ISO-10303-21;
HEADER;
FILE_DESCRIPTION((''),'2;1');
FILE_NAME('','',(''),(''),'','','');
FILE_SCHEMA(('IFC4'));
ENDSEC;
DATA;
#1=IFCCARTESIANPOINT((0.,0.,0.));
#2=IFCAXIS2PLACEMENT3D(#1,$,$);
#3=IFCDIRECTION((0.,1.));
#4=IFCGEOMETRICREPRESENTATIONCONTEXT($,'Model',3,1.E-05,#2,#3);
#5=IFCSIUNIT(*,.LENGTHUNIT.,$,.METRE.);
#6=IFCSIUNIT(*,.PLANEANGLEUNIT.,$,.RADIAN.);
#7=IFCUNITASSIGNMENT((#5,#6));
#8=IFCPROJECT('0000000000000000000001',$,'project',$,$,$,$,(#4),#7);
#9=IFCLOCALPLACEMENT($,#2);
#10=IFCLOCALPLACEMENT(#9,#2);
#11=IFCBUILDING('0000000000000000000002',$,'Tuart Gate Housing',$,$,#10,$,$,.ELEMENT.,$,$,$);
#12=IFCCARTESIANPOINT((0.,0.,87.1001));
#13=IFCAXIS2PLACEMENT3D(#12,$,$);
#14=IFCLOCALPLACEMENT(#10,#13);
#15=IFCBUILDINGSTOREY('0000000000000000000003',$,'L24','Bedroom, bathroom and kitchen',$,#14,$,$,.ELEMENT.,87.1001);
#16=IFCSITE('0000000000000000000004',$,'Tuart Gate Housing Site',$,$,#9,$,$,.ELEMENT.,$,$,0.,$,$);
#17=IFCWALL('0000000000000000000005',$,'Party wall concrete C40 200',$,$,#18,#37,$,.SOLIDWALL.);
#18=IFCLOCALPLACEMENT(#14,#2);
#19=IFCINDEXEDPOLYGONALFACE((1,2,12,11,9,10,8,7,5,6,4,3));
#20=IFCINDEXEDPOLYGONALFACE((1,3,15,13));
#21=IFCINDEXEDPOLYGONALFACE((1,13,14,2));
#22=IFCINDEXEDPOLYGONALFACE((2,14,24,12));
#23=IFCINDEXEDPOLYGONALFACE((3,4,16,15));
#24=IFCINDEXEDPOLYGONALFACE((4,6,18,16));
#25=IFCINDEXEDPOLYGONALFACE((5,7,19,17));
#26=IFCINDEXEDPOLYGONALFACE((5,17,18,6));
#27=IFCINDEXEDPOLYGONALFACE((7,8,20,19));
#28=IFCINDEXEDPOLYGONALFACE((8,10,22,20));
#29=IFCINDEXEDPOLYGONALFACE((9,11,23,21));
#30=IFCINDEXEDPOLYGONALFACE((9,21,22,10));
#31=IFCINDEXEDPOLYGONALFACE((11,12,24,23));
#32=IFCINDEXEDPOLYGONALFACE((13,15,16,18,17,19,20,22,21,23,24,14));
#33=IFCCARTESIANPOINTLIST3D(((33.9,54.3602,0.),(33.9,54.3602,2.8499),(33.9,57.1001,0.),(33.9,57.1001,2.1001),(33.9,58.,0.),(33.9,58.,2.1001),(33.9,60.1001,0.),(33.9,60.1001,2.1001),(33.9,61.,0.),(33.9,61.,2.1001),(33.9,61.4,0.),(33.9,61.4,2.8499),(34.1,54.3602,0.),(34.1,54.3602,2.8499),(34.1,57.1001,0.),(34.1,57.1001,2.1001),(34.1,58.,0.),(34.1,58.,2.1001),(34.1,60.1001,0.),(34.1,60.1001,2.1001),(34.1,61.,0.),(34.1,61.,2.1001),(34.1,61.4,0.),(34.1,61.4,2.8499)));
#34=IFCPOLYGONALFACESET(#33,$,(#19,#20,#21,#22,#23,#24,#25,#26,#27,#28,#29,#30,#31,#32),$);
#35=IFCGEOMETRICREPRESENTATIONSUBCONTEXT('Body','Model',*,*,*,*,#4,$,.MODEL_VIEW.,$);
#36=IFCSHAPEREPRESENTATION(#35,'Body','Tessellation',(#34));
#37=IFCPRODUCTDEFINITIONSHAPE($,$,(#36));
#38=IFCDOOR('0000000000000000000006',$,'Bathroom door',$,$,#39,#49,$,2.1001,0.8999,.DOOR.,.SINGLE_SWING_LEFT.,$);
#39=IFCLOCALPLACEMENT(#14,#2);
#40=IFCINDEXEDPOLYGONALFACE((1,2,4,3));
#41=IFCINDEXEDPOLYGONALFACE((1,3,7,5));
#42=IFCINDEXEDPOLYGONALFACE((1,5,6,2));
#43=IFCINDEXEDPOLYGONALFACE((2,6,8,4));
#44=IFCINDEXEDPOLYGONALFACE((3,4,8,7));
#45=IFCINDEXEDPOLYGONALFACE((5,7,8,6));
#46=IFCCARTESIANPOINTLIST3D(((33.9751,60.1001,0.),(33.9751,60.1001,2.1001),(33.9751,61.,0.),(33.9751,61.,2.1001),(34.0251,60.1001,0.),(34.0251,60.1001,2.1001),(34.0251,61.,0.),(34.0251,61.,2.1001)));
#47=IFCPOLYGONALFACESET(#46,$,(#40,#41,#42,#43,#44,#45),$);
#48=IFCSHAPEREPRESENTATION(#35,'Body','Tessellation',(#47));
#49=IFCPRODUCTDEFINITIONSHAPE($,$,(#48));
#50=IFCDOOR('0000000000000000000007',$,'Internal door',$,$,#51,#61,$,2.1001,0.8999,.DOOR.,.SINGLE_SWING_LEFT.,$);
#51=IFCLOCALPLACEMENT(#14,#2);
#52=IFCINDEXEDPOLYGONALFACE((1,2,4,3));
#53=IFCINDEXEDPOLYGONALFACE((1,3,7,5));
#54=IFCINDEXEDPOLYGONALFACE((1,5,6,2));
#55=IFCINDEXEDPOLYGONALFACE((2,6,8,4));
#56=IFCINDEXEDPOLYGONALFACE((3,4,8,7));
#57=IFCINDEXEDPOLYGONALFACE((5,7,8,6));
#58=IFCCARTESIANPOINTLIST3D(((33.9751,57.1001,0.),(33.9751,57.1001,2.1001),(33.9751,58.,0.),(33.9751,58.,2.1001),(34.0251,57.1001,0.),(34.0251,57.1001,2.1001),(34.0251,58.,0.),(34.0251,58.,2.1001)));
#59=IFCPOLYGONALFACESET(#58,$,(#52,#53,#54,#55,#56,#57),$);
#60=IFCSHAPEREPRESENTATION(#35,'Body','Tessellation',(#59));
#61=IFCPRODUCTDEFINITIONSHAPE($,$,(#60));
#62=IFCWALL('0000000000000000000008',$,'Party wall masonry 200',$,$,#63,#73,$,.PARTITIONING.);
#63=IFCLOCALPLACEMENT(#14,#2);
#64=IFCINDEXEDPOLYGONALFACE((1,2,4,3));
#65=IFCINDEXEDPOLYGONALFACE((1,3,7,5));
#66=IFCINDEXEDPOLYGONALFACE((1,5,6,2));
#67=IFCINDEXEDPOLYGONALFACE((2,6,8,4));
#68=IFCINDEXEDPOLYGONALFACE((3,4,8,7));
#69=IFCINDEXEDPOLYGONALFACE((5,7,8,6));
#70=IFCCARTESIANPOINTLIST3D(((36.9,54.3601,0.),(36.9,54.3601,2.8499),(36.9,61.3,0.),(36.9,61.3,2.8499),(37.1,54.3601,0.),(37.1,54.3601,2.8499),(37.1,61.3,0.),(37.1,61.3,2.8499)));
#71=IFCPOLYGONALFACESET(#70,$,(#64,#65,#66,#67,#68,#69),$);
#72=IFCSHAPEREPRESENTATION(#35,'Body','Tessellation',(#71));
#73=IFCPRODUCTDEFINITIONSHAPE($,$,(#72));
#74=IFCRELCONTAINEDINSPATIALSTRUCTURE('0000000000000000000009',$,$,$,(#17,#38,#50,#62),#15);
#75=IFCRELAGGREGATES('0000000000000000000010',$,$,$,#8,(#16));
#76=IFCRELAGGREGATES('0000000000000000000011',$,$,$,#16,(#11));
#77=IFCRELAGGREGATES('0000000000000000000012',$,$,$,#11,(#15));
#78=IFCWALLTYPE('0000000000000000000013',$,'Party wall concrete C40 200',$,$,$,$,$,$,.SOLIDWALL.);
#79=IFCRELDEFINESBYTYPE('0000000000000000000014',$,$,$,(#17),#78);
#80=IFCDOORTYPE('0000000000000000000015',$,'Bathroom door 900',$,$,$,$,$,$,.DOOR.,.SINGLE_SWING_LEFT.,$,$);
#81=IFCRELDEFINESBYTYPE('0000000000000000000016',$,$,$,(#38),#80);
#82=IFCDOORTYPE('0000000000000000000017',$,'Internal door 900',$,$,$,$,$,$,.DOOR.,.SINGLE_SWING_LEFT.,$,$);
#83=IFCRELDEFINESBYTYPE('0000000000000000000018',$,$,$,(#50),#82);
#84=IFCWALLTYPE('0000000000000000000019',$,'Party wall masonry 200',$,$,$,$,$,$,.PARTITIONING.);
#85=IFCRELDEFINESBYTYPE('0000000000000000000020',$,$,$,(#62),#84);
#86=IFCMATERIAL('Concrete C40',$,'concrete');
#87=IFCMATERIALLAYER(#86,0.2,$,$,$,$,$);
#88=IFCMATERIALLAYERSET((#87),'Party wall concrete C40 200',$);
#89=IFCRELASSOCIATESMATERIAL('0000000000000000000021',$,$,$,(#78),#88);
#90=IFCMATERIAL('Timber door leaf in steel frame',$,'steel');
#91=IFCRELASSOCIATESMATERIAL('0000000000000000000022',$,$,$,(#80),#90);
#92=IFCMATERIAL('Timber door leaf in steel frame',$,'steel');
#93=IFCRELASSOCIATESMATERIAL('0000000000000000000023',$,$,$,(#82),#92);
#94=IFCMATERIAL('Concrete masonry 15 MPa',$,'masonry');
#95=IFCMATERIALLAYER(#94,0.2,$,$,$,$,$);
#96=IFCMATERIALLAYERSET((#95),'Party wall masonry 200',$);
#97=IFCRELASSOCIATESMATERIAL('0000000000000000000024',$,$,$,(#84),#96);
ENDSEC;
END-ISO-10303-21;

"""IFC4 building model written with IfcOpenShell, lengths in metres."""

from ifc_helpers import new_model, si_unit, direction, frame, frame_2d, origin, place, context, subcontext, project, spatial, rectangle, extrude, material, layer, layer_set, type_object, element, fill, save


model = new_model("IFC4")

# Units and contexts
model_context = context("Model", 3, precision=1e-05, world=origin(), true_north=direction((0.0, 1.0)))
body_context = subcontext(model_context, "Body", "Model", "MODEL_VIEW")
ifc_project = project(units=[si_unit("LENGTHUNIT", "METRE"), si_unit("PLANEANGLEUNIT", "RADIAN")], contexts=[model_context])

# Site, building, storey
site_placement = place(None, origin())
site = spatial("IfcSite", under=ifc_project, at=site_placement, Name="Tuart Gate Housing Site", CompositionType="ELEMENT", RefElevation=0.0)
building_placement = place(site_placement, origin())
building = spatial("IfcBuilding", under=site, at=building_placement, Name="Tuart Gate Housing", CompositionType="ELEMENT")
storey_placement = place(building_placement, frame((0.0, 0.0, 87.1001)))
storey = spatial("IfcBuildingStorey", under=building, at=storey_placement, Name="L24", Description="Bedroom, bathroom and kitchen", CompositionType="ELEMENT", Elevation=87.1001)

# Wall, openings, doors
ifc_material_1 = material(Name="Concrete C40", Category="concrete")
ifc_layer_1 = layer(ifc_material_1, 0.2)
ifc_layer_set_1 = layer_set([ifc_layer_1], Name="Party wall concrete C40 200")
wall_type_1 = type_object("IfcWallType", Name="Party wall concrete C40 200", PredefinedType="SOLIDWALL", material=ifc_layer_set_1)
wall_1_placement = place(storey_placement, frame((34.0, 54.3601, 0.0), z_axis=(0.0, 0.0, 1.0), x_axis=(0.0, 1.0, 0.0)))
wall_1 = element("IfcWall", 1, at=wall_1_placement, inside=storey, type_object=wall_type_1, Name="Party wall concrete C40 200", PredefinedType="SOLIDWALL", context=body_context, shape_type="SweptSolid", body=[
    extrude(rectangle(XDim=7.0398, YDim=0.2, at=frame_2d((3.52, 0.0))), origin(), (0.0, 0.0, 1.0), 2.8499),
])
opening_1_placement = place(wall_1_placement, frame((2.74, 0.0, 0.0)))
opening_1 = element("IfcOpeningElement", 2, at=opening_1_placement, cuts=wall_1, PredefinedType="OPENING", context=body_context, shape_type="SweptSolid", body=[
    extrude(rectangle(XDim=0.8999, YDim=2.1001, at=frame_2d((0.45, 1.05))), frame((0.0, 0.1099, 0.0), z_axis=(0.0, -1.0, 0.0), x_axis=(1.0, 0.0, 0.0)), (0.0, 0.0, 1.0), 0.22),
])
opening_2_placement = place(wall_1_placement, frame((5.74, 0.0, 0.0)))
opening_2 = element("IfcOpeningElement", 3, at=opening_2_placement, cuts=wall_1, PredefinedType="OPENING", context=body_context, shape_type="SweptSolid", body=[
    extrude(rectangle(XDim=0.8999, YDim=2.1001, at=frame_2d((0.45, 1.05))), frame((0.0, 0.1099, 0.0), z_axis=(0.0, -1.0, 0.0), x_axis=(1.0, 0.0, 0.0)), (0.0, 0.0, 1.0), 0.22),
])
ifc_material_2 = material(Name="Timber door leaf in steel frame", Category="steel")
door_type_1 = type_object("IfcDoorType", Name="Bathroom door 900", OperationType="SINGLE_SWING_LEFT", PredefinedType="DOOR", material=ifc_material_2)
door_1_placement = place(opening_2_placement, frame((0.8999, 0.0, 0.0), z_axis=(0.0, 0.0, 1.0), x_axis=(-1.0, 0.0, 0.0)))
door_1 = element("IfcDoor", 4, at=door_1_placement, inside=storey, type_object=door_type_1, Name="Bathroom door", OperationType="SINGLE_SWING_LEFT", OverallHeight=2.1001, OverallWidth=0.8999, PredefinedType="DOOR", context=body_context, shape_type="SweptSolid", body=[
    extrude(rectangle(XDim=0.8999, YDim=2.1001, at=frame_2d((0.45, 1.05))), frame((0.0, 0.0251, 0.0), z_axis=(0.0, -1.0, 0.0), x_axis=(1.0, 0.0, 0.0)), (0.0, 0.0, 1.0), 0.05),
])
fill(opening_2, door_1)
ifc_material_3 = material(Name="Timber door leaf in steel frame", Category="steel")
door_type_2 = type_object("IfcDoorType", Name="Internal door 900", OperationType="SINGLE_SWING_LEFT", PredefinedType="DOOR", material=ifc_material_3)
door_2_placement = place(opening_1_placement, frame((0.8999, 0.0, 0.0), z_axis=(0.0, 0.0, 1.0), x_axis=(-1.0, 0.0, 0.0)))
door_2 = element("IfcDoor", 5, at=door_2_placement, inside=storey, type_object=door_type_2, Name="Internal door", OperationType="SINGLE_SWING_LEFT", OverallHeight=2.1001, OverallWidth=0.8999, PredefinedType="DOOR", context=body_context, shape_type="SweptSolid", body=[
    extrude(rectangle(XDim=0.8999, YDim=2.1001, at=frame_2d((0.45, 1.05))), frame((0.0, 0.0251, 0.0), z_axis=(0.0, -1.0, 0.0), x_axis=(1.0, 0.0, 0.0)), (0.0, 0.0, 1.0), 0.05),
])
fill(opening_1, door_2)

# Wall
ifc_material_4 = material(Name="Concrete masonry 15 MPa", Category="masonry")
ifc_layer_2 = layer(ifc_material_4, 0.2)
ifc_layer_set_2 = layer_set([ifc_layer_2], Name="Party wall masonry 200")
wall_type_2 = type_object("IfcWallType", Name="Party wall masonry 200", PredefinedType="PARTITIONING", material=ifc_layer_set_2)
wall_2_placement = place(storey_placement, frame((37.0, 54.3601, 0.0), z_axis=(0.0, 0.0, 1.0), x_axis=(0.0, 1.0, 0.0)))
element("IfcWall", 6, at=wall_2_placement, inside=storey, type_object=wall_type_2, Name="Party wall masonry 200", PredefinedType="PARTITIONING", context=body_context, shape_type="SweptSolid", body=[
    extrude(rectangle(XDim=6.9399, YDim=0.2, at=frame_2d((3.47, 0.0))), origin(), (0.0, 0.0, 1.0), 2.8499),
])

save(model, "model.ifc")
